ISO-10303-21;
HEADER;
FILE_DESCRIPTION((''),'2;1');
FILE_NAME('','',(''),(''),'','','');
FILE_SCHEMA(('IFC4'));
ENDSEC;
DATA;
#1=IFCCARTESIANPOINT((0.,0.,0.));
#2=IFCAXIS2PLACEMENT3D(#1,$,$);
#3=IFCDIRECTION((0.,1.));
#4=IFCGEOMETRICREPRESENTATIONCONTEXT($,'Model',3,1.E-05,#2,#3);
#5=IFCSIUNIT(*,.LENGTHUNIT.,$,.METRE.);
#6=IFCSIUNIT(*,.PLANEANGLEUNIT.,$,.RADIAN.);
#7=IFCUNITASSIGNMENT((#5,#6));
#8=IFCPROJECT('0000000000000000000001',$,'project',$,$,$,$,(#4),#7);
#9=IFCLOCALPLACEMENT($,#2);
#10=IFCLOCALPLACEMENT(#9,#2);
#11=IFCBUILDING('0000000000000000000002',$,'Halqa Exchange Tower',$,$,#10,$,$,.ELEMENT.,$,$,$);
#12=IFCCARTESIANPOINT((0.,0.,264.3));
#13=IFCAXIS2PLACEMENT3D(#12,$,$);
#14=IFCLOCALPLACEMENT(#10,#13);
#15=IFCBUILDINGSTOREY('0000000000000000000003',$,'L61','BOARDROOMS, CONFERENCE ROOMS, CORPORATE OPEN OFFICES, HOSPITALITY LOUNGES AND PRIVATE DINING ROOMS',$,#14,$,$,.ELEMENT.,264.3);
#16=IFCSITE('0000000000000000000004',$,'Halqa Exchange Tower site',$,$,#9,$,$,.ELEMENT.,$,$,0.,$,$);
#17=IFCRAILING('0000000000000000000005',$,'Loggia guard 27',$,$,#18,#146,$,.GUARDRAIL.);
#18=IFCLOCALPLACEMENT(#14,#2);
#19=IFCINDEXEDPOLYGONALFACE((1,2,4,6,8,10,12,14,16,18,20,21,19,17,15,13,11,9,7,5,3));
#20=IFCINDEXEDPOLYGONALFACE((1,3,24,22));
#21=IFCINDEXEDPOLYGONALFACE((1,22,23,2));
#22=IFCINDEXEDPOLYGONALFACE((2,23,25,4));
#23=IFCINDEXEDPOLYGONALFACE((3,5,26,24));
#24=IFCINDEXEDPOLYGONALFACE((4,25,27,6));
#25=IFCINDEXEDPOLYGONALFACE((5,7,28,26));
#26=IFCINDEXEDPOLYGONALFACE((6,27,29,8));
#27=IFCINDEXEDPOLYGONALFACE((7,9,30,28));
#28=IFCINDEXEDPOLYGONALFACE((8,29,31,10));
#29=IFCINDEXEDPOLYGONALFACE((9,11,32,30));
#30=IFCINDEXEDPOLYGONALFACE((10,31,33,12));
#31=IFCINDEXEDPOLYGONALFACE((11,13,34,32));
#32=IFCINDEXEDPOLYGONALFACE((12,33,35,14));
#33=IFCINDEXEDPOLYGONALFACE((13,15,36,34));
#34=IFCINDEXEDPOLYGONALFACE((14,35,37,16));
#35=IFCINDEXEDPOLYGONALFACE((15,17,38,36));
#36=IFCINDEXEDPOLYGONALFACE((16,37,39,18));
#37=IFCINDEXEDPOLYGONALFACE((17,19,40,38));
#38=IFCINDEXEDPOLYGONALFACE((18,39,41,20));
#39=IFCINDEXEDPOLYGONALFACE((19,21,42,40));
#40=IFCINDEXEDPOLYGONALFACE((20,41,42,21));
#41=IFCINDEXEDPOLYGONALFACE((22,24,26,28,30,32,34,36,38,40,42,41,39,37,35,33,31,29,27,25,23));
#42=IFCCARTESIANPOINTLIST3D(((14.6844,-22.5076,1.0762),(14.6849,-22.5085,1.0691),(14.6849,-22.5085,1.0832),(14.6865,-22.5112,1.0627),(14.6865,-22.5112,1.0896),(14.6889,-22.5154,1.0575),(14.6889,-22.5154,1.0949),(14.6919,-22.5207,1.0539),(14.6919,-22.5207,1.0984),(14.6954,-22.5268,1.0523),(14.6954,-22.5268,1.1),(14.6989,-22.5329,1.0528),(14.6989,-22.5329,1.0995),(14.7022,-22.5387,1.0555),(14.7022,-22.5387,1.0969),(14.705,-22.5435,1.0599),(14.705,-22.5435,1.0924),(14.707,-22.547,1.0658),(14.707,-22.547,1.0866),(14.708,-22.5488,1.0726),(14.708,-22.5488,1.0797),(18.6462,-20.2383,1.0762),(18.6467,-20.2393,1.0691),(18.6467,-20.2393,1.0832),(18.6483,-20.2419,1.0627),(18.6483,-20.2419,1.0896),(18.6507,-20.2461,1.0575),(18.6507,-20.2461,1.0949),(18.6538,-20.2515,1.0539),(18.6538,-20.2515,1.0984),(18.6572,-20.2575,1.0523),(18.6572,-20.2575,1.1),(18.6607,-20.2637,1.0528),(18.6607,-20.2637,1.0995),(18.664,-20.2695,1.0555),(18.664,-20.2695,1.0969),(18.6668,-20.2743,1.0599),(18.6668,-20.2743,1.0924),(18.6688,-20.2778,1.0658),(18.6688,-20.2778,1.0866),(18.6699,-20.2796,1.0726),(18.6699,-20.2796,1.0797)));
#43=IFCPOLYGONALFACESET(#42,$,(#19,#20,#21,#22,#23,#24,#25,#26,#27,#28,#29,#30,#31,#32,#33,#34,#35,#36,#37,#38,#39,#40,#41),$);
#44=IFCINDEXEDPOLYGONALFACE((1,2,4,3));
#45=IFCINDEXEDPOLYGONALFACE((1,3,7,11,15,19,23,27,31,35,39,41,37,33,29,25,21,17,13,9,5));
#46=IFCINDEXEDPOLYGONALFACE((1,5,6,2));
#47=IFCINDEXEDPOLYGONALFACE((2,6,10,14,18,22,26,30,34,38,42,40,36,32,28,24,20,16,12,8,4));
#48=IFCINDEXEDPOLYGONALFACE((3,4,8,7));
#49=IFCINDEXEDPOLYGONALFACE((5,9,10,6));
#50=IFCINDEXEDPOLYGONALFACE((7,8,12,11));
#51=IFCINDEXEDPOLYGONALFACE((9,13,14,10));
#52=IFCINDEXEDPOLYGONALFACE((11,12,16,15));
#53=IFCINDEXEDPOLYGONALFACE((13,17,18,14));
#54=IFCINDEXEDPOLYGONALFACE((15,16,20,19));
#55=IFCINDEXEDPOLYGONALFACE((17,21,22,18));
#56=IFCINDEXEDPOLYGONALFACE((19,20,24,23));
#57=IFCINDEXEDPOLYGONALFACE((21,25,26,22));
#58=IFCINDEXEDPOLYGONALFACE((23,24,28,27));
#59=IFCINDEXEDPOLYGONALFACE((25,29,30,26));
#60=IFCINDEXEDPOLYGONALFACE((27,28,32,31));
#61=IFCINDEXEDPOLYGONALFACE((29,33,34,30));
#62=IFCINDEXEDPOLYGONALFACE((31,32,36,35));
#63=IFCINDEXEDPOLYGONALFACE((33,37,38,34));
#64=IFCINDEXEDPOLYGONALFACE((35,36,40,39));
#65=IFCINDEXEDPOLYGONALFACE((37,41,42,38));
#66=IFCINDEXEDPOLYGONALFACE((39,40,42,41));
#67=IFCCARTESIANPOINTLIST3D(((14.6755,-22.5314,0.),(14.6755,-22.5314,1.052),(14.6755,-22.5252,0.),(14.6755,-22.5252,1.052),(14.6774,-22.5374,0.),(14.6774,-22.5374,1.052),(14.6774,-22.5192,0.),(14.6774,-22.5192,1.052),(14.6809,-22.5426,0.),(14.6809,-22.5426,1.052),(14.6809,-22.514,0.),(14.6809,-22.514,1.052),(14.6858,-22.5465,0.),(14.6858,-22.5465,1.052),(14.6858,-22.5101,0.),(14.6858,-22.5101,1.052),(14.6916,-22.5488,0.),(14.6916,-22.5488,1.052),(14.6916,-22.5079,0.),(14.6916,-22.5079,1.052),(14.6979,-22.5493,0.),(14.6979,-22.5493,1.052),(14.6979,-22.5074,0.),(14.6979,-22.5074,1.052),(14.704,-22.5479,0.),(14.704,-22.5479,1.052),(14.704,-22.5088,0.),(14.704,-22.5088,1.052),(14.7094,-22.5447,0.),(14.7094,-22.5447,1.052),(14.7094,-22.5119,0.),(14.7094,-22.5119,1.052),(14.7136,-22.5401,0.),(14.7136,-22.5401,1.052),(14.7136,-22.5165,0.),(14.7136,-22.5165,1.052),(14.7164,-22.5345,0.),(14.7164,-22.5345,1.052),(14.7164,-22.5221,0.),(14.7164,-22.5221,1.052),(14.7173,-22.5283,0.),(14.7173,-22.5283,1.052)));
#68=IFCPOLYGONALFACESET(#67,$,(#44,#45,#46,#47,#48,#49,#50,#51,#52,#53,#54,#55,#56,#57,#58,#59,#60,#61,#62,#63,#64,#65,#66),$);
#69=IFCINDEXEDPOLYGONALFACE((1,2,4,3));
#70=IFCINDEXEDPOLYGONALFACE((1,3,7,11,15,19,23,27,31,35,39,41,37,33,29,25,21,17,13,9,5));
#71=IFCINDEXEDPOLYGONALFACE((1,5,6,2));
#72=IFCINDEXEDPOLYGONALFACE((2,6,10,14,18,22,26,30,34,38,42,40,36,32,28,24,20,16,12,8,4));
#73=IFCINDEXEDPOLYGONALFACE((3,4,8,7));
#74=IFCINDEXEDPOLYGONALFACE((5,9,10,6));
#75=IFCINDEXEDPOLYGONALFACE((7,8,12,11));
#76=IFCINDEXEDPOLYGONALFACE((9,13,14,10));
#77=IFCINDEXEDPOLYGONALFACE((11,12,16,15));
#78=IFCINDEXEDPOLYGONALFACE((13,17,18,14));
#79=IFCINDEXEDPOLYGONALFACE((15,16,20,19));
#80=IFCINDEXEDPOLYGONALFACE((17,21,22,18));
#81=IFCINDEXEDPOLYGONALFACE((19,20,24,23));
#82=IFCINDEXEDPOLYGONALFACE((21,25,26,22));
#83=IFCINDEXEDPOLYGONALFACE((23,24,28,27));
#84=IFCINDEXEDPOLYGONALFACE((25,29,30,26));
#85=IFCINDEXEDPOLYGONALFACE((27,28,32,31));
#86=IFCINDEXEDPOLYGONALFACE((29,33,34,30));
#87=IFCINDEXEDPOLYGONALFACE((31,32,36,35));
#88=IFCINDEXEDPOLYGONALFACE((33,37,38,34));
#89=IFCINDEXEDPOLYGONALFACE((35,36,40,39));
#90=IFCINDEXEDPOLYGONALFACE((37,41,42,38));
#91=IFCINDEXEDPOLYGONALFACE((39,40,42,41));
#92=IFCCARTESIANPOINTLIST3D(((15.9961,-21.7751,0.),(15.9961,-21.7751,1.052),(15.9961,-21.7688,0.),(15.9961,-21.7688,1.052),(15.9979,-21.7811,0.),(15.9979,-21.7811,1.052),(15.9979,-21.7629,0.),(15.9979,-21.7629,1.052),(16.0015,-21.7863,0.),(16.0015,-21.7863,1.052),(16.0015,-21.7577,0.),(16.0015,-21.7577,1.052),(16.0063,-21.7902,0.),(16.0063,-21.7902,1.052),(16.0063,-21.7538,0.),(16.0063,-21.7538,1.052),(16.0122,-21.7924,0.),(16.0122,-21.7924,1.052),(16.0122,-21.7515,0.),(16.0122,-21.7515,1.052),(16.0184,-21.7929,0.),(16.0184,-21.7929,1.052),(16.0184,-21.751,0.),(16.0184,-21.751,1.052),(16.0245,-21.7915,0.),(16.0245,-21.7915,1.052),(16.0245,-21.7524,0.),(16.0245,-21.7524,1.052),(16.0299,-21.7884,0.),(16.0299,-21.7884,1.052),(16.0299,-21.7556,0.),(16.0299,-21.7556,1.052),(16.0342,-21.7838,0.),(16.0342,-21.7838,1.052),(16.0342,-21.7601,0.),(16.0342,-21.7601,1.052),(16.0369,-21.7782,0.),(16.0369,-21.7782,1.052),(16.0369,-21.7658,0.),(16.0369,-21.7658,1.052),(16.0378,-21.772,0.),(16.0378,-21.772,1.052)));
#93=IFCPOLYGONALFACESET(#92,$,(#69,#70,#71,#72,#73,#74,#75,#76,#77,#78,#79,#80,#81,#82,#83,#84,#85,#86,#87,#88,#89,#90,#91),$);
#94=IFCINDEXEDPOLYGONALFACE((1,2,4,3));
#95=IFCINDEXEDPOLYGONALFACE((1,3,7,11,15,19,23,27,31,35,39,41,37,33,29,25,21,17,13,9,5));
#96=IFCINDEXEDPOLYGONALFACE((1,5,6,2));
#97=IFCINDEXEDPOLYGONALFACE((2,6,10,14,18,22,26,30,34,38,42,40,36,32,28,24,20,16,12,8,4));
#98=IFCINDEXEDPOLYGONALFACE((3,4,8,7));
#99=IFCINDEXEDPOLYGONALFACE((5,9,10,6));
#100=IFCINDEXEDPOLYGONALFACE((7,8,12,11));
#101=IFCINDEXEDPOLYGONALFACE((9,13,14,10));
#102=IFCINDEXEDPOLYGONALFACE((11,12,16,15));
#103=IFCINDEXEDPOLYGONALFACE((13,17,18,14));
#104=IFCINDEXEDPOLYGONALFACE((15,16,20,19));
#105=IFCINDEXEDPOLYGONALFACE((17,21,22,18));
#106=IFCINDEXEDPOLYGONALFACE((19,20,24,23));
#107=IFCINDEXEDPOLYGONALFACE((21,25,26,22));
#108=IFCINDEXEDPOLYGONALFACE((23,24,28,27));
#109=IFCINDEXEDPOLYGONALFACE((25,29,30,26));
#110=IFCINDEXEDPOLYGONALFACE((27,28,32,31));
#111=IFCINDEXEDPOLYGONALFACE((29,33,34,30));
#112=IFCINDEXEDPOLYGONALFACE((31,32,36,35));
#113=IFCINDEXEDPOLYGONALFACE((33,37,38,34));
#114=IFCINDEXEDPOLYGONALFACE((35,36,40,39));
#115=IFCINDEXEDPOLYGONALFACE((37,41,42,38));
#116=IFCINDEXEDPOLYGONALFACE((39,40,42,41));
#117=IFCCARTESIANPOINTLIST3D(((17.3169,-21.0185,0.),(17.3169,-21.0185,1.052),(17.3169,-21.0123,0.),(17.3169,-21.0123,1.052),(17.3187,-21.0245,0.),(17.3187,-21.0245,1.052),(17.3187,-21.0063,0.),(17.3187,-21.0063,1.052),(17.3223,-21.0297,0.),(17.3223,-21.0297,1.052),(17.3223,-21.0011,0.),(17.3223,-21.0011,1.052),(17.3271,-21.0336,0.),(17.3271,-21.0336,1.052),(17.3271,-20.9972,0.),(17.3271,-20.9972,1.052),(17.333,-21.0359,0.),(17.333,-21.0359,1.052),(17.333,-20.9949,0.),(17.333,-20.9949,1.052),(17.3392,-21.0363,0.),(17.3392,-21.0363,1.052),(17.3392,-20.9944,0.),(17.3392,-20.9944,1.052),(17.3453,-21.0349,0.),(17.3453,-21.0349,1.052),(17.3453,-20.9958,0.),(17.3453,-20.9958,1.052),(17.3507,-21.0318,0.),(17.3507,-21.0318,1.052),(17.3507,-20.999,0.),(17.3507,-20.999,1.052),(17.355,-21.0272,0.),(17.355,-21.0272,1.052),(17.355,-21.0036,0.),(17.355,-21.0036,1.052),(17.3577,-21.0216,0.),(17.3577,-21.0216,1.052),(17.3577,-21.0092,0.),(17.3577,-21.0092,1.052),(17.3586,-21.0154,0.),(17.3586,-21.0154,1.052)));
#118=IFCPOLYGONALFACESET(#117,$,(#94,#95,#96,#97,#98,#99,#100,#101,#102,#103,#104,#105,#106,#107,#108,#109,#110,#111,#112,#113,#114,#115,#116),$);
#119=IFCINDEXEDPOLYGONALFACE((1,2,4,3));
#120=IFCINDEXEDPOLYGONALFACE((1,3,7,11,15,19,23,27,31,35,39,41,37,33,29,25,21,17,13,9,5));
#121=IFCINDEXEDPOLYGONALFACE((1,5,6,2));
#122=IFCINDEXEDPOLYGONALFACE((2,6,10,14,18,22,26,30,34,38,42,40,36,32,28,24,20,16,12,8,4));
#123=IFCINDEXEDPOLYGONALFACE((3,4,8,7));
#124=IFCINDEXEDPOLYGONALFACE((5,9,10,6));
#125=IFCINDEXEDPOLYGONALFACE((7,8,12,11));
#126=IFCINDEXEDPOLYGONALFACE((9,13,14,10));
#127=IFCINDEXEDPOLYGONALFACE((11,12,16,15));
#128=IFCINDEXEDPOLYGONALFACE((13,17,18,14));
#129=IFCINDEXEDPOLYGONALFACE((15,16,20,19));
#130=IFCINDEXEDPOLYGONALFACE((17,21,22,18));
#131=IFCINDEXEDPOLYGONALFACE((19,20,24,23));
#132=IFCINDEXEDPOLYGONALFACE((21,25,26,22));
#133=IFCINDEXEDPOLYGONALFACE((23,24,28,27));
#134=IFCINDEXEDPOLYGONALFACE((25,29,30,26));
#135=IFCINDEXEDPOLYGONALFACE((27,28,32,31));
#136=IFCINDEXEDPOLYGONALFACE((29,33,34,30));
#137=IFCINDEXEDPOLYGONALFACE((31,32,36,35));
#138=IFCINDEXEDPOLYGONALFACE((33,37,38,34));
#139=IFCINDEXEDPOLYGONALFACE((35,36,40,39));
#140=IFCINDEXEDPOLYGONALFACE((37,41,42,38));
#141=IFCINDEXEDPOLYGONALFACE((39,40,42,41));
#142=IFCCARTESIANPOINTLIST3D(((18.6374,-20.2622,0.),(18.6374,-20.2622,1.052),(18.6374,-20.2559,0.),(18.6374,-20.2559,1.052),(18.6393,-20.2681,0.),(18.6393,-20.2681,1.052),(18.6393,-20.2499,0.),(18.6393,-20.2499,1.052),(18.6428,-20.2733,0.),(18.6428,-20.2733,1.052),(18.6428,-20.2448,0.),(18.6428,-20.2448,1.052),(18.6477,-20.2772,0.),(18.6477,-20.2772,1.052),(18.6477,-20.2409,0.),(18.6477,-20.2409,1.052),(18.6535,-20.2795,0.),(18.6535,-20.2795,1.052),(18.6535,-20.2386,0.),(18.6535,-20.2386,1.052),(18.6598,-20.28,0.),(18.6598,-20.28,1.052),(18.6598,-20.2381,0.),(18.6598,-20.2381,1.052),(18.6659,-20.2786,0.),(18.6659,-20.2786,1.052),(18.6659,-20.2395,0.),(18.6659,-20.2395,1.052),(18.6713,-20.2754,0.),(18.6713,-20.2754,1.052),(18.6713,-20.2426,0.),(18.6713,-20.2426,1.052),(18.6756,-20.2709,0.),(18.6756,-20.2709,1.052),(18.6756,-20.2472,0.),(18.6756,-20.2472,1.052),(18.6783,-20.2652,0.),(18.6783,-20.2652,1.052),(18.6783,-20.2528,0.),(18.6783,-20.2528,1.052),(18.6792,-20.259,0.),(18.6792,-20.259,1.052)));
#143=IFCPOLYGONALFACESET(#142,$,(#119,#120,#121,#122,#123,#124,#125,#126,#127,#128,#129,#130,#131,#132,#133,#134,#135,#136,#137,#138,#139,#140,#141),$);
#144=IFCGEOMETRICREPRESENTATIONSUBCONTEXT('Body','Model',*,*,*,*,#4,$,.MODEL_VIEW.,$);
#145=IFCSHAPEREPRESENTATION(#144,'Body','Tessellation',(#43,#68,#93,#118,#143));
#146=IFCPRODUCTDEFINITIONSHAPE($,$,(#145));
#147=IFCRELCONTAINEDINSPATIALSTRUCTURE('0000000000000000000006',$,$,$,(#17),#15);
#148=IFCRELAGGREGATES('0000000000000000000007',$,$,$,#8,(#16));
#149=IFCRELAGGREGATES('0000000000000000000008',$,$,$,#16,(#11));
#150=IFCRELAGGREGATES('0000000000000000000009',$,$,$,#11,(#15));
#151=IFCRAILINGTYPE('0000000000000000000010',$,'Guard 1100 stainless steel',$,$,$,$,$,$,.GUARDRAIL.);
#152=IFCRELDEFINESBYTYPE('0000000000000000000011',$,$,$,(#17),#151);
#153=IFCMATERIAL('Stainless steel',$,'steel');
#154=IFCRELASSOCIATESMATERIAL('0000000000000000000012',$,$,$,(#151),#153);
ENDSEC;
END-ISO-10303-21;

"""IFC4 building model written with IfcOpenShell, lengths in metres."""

from ifc_helpers import new_model, si_unit, direction, frame, origin, origin_2d, place, context, subcontext, project, spatial, circle, extrude, material, type_object, element, save


model = new_model("IFC4")

# Units and contexts
model_context = context("Model", 3, precision=1e-05, world=origin(), true_north=direction((0.0, 1.0)))
body_context = subcontext(model_context, "Body", "Model", "MODEL_VIEW")
ifc_project = project(units=[si_unit("LENGTHUNIT", "METRE"), si_unit("PLANEANGLEUNIT", "RADIAN")], contexts=[model_context])

# Site, building, storey
site_placement = place(None, origin())
site = spatial("IfcSite", under=ifc_project, at=site_placement, Name="Halqa Exchange Tower site", CompositionType="ELEMENT", RefElevation=0.0)
building_placement = place(site_placement, origin())
building = spatial("IfcBuilding", under=site, at=building_placement, Name="Halqa Exchange Tower", CompositionType="ELEMENT")
storey_placement = place(building_placement, frame((0.0, 0.0, 264.3)))
storey = spatial("IfcBuildingStorey", under=building, at=storey_placement, Name="L61", Description="BOARDROOMS, CONFERENCE ROOMS, CORPORATE OPEN OFFICES, HOSPITALITY LOUNGES AND PRIVATE DINING ROOMS", CompositionType="ELEMENT", Elevation=264.3)

# Railing
ifc_material_1 = material(Name="Stainless steel", Category="steel")
railing_type = type_object("IfcRailingType", Name="Guard 1100 stainless steel", PredefinedType="GUARDRAIL", material=ifc_material_1)
railing_1_placement = place(storey_placement, frame((14.6963, -22.5283, 0.0)))
element("IfcRailing", 1, at=railing_1_placement, inside=storey, type_object=railing_type, Name="Loggia guard 27", PredefinedType="GUARDRAIL", context=body_context, shape_type="SweptSolid", body=[
    extrude(circle(Radius=0.0239, at=origin_2d()), frame((0.0, 0.0, 1.0762), z_axis=(0.867739, 0.49702, 0.0), x_axis=(-0.49702, 0.867739, 0.0)), (0.0, 0.0, 1.0), 4.5657),
    extrude(circle(Radius=0.021, at=origin_2d()), origin(), (0.0, 0.0, 1.0), 1.052),
    extrude(circle(Radius=0.021, at=origin_2d()), frame((1.3206, 0.7563, 0.0)), (0.0, 0.0, 1.0), 1.052),
    extrude(circle(Radius=0.021, at=origin_2d()), frame((2.6414, 1.5129, 0.0)), (0.0, 0.0, 1.0), 1.052),
    extrude(circle(Radius=0.021, at=origin_2d()), frame((3.9619, 2.2693, 0.0)), (0.0, 0.0, 1.0), 1.052),
])

save(model, "model.ifc")
